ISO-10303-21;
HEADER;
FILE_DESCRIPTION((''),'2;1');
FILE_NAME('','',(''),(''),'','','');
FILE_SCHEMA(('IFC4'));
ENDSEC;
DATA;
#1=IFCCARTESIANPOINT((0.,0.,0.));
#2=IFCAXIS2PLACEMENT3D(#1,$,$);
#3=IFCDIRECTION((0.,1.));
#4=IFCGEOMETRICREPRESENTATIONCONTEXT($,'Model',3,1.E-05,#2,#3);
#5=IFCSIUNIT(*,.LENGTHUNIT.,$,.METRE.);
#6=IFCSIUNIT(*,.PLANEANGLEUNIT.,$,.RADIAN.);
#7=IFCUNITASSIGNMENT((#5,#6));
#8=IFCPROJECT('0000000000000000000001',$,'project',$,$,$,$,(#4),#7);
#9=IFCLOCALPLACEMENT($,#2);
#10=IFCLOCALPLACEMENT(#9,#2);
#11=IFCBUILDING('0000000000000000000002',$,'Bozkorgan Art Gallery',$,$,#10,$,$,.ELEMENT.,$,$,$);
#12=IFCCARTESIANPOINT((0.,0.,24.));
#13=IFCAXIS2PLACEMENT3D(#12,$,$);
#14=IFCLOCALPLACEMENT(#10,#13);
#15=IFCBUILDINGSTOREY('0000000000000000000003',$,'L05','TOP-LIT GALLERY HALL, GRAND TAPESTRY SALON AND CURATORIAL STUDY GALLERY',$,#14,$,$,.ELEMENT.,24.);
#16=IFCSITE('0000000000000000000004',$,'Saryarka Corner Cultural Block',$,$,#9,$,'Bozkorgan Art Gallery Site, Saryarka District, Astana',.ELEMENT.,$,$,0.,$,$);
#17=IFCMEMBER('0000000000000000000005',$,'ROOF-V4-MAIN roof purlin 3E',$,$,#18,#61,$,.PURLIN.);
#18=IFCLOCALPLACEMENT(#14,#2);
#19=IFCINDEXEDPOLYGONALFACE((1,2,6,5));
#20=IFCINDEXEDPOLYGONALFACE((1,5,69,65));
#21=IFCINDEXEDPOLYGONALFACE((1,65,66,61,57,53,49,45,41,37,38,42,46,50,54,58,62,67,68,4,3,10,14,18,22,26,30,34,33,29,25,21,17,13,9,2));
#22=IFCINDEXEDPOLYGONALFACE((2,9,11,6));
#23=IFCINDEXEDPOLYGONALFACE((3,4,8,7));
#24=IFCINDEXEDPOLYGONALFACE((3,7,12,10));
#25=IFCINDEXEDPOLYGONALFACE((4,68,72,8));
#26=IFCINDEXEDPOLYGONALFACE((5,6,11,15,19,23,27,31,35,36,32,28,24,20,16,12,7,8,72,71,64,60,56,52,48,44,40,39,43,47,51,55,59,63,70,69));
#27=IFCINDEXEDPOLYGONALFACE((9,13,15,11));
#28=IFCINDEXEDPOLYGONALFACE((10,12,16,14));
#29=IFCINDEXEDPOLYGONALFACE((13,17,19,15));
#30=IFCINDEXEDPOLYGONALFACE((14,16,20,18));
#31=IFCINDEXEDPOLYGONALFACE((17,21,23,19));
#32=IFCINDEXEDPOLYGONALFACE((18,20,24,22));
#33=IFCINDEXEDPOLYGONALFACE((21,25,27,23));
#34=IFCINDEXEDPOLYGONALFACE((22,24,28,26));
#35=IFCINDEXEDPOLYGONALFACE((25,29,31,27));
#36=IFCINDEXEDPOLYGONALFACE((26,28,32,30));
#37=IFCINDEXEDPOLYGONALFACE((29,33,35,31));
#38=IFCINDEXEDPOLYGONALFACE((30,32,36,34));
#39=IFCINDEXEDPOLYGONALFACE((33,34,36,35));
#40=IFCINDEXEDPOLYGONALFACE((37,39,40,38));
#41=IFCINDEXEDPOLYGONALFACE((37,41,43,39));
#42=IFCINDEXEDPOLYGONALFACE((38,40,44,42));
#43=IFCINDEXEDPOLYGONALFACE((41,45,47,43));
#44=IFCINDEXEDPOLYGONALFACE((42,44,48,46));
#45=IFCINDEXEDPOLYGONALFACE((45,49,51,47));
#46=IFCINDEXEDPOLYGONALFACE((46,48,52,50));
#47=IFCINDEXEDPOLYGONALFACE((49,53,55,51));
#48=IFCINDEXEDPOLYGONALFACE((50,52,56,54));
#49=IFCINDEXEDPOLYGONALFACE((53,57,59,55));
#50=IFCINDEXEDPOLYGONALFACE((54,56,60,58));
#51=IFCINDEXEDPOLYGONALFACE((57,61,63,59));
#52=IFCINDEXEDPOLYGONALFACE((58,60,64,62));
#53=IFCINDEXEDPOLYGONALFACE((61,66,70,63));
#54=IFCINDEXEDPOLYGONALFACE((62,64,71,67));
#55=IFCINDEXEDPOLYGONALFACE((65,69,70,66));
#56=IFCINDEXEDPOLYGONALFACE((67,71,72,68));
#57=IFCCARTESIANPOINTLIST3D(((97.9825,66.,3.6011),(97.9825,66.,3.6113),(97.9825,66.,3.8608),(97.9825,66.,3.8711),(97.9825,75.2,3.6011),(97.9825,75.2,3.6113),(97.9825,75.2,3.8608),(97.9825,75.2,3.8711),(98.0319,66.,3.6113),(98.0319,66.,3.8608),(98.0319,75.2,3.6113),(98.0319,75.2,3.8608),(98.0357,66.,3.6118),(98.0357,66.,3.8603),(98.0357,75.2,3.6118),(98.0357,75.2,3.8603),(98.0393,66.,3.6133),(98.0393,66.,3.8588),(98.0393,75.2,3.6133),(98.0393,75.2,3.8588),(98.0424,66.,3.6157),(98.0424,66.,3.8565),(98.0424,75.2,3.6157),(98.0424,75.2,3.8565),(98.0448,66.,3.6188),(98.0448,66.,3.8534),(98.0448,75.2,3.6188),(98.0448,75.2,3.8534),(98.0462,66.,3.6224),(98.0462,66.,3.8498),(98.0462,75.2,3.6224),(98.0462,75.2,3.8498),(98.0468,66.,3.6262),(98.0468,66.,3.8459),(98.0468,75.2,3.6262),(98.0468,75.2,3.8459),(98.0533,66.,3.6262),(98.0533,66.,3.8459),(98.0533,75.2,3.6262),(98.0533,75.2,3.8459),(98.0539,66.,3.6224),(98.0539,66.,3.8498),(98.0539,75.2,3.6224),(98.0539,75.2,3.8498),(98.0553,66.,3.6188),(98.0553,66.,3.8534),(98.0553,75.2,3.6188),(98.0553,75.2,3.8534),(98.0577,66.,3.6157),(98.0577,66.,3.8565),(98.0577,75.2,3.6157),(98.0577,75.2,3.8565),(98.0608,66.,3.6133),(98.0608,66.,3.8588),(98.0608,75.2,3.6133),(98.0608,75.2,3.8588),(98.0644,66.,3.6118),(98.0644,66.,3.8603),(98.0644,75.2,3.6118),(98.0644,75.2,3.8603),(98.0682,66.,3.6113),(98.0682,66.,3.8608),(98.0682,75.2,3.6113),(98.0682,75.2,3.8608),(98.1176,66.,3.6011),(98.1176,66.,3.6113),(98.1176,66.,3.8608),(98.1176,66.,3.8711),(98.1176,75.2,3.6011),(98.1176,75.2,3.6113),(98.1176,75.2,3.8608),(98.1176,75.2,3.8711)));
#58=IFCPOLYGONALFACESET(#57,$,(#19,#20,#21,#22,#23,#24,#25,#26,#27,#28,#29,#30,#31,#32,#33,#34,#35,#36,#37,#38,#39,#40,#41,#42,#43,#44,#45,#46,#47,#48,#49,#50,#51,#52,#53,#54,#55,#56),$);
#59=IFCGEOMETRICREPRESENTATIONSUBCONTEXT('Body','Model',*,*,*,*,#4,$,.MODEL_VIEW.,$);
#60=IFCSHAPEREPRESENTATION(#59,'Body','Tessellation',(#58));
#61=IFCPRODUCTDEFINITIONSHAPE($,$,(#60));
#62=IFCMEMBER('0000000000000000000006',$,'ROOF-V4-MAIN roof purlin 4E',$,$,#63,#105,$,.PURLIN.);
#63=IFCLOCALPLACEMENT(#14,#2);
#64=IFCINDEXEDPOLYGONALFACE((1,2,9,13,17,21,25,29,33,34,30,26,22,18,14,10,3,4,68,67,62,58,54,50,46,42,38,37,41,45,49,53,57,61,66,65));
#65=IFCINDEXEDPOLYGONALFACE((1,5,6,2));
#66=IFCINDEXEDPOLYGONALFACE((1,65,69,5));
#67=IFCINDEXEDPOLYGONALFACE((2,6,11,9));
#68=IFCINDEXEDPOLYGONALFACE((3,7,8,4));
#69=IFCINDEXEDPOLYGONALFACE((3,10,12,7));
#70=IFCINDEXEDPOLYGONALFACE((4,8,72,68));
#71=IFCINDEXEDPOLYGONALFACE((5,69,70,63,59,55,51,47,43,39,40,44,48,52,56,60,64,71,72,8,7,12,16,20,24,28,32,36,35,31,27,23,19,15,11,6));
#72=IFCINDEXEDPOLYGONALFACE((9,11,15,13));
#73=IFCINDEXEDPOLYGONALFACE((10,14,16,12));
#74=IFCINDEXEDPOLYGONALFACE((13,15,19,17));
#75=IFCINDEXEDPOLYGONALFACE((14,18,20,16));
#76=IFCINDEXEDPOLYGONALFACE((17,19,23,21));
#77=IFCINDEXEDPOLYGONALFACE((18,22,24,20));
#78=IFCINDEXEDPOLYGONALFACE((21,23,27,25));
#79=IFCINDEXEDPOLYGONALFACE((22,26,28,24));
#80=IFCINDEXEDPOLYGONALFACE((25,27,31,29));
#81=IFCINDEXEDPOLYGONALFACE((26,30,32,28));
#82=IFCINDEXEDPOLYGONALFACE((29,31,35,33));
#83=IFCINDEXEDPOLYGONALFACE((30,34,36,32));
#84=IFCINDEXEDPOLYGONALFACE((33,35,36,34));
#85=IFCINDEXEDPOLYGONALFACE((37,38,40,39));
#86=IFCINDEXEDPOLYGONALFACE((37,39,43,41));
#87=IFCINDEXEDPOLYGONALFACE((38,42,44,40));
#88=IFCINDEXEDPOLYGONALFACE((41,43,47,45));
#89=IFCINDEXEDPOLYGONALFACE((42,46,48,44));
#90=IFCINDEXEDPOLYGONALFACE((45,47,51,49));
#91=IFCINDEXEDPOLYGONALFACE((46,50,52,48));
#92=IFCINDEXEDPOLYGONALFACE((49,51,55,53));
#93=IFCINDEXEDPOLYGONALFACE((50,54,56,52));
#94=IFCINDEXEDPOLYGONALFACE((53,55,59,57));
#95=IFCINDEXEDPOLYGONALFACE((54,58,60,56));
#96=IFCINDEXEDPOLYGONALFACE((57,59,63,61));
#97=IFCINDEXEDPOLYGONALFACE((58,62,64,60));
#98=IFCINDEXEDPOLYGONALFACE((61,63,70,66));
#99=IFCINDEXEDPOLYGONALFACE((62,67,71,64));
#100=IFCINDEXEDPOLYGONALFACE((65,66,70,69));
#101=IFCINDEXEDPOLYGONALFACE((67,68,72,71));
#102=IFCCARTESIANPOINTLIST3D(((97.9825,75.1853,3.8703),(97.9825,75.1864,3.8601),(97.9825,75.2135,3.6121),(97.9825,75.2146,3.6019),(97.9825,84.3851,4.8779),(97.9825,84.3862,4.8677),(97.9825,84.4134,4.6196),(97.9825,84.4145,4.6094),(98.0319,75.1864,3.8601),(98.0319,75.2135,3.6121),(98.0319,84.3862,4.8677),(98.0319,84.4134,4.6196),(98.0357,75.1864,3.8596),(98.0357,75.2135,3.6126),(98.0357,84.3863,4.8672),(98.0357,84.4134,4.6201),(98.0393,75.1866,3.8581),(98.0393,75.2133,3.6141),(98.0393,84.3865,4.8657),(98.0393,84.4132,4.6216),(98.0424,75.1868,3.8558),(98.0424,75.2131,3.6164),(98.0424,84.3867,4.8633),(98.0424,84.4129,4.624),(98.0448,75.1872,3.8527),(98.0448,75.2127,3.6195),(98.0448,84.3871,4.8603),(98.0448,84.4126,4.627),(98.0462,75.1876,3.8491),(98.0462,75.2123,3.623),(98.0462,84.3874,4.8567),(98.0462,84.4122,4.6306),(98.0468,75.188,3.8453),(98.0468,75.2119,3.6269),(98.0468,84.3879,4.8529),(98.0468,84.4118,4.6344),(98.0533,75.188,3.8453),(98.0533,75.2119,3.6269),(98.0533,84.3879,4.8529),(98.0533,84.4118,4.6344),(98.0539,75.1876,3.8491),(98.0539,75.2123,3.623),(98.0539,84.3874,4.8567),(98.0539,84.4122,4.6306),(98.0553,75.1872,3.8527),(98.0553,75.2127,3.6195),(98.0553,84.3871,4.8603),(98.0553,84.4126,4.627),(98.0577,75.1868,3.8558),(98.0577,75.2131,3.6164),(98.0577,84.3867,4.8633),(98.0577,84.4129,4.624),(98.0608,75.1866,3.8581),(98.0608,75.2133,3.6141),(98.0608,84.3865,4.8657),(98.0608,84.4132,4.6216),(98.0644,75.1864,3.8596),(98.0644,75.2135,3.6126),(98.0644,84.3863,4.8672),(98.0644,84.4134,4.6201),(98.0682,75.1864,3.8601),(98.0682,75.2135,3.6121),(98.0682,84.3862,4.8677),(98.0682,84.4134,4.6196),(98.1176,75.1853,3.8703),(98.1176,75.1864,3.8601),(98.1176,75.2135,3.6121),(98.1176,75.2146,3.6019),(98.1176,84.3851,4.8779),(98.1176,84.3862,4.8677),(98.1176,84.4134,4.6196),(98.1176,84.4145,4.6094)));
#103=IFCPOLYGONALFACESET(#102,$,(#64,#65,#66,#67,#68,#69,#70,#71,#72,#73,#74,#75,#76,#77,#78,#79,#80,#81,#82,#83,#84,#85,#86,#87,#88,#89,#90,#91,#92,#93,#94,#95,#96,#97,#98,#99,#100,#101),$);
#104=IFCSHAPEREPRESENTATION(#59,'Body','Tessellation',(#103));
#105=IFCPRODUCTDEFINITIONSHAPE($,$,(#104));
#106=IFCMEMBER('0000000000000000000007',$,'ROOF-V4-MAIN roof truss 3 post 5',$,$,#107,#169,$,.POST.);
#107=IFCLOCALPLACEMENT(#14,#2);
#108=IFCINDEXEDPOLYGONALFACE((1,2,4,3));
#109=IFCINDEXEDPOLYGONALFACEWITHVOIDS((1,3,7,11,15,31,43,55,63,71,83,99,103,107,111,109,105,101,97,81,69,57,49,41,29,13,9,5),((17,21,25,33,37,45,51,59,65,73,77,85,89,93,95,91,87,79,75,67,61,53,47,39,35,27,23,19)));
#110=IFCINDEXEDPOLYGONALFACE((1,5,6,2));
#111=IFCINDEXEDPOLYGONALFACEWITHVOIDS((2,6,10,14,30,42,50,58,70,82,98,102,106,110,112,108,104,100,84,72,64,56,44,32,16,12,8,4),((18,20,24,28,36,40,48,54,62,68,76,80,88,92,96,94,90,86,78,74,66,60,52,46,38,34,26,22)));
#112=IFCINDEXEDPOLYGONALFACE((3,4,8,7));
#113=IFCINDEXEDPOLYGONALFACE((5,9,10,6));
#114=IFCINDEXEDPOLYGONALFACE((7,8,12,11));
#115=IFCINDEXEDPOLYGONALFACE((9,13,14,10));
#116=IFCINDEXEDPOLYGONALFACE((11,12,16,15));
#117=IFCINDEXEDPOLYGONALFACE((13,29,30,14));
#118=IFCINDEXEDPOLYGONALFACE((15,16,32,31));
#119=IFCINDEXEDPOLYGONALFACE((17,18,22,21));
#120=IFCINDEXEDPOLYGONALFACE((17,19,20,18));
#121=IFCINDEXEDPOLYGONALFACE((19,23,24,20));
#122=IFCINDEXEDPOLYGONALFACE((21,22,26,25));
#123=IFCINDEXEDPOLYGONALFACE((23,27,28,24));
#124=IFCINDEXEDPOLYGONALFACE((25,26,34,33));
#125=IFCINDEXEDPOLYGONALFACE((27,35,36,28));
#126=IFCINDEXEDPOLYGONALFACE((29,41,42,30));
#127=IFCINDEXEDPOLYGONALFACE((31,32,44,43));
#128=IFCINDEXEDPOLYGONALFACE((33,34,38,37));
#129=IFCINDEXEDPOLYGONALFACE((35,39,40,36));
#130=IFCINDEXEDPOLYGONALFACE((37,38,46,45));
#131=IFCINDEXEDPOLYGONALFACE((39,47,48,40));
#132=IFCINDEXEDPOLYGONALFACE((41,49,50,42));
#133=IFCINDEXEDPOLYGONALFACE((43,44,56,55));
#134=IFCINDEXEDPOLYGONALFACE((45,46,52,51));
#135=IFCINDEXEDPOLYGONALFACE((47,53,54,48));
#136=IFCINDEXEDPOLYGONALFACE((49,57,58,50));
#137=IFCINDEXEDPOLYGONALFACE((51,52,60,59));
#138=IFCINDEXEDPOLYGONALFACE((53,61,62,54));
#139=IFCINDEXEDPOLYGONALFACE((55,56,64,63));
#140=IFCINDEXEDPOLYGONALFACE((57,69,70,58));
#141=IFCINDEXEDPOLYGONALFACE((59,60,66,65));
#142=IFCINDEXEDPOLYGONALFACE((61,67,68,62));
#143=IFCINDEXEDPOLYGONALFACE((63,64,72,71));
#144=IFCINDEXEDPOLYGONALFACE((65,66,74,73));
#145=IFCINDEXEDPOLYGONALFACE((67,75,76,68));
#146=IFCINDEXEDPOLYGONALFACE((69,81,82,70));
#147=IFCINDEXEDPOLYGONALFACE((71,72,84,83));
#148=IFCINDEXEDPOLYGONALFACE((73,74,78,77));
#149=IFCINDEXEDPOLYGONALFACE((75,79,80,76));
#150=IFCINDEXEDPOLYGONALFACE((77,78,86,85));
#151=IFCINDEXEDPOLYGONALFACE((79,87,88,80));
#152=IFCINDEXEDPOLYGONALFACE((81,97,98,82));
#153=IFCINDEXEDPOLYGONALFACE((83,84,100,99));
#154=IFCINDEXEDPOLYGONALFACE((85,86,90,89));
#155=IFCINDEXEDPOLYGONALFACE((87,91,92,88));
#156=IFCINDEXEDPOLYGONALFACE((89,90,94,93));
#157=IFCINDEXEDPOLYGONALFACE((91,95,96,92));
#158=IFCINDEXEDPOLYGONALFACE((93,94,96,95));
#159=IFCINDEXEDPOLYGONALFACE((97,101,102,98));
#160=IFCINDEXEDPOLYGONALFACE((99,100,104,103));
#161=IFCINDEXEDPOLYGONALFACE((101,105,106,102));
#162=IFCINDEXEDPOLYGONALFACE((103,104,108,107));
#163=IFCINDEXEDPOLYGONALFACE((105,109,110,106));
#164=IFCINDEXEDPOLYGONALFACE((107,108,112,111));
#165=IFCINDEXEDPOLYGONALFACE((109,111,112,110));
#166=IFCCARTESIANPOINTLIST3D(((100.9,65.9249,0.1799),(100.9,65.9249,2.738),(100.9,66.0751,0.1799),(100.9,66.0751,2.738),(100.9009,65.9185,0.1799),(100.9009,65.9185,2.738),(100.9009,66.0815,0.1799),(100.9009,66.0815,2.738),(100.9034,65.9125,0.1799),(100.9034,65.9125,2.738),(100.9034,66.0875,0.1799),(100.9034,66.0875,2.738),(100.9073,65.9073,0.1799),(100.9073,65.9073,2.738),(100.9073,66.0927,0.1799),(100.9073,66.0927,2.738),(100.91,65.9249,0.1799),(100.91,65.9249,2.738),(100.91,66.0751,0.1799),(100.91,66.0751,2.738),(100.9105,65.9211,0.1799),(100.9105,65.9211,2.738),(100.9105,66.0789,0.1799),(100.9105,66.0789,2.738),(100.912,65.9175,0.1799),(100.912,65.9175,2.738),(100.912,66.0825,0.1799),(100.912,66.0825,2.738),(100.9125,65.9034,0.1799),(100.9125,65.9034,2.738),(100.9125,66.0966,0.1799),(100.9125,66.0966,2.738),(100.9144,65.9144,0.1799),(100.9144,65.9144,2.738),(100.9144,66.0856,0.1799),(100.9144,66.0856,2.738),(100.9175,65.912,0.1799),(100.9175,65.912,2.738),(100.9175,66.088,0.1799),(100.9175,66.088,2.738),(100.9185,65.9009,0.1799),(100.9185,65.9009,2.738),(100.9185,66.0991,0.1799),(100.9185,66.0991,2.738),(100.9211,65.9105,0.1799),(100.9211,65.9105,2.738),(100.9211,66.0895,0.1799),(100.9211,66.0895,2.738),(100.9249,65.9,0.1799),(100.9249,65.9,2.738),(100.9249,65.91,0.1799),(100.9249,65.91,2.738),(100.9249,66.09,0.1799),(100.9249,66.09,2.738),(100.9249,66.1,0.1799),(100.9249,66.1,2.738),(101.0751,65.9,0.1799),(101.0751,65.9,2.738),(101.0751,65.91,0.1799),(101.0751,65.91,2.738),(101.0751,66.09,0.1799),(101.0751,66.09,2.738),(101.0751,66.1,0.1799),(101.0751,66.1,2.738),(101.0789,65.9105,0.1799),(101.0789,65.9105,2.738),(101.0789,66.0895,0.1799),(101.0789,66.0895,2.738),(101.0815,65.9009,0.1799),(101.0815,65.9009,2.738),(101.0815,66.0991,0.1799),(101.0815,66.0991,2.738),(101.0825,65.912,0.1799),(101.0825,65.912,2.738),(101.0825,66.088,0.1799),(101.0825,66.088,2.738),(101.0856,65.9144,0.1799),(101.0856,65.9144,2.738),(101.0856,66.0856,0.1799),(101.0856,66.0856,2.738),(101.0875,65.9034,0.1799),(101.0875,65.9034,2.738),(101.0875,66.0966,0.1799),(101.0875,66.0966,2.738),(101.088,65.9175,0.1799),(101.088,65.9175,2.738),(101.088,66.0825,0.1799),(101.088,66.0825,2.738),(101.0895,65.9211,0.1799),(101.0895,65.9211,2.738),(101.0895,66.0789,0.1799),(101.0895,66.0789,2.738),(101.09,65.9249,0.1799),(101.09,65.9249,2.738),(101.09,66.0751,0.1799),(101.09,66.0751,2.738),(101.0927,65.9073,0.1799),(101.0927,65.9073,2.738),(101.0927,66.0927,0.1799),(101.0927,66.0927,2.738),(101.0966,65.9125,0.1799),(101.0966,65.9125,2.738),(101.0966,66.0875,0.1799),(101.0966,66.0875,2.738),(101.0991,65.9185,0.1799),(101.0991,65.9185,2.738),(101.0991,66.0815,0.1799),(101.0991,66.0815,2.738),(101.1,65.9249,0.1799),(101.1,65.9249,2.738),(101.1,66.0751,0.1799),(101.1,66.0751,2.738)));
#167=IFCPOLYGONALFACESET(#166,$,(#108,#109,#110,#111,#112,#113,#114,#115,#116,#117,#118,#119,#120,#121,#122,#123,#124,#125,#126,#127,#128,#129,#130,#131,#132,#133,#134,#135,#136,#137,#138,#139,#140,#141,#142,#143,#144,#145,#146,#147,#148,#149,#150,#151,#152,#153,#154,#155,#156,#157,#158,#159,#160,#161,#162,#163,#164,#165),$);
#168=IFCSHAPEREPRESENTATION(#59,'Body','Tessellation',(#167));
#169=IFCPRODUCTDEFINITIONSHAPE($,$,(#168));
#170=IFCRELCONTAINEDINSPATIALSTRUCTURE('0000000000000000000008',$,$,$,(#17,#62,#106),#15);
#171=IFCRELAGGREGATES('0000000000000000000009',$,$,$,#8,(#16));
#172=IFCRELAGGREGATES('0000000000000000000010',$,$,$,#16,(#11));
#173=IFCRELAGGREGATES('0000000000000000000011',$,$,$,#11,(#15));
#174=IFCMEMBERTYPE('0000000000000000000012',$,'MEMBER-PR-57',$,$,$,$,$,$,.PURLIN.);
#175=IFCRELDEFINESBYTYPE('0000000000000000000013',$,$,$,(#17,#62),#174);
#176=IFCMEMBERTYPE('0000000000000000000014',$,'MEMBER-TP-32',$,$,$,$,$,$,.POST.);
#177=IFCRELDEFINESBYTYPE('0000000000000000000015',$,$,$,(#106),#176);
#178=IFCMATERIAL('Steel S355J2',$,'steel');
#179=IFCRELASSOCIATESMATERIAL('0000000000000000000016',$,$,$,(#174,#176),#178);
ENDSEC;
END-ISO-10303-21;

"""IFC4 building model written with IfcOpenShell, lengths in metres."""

from ifc_helpers import new_model, si_unit, direction, frame, origin, origin_2d, place, context, subcontext, project, spatial, hollow_rectangle, i_section, extrude, material, material_profile, profile_set, type_object, element, save


model = new_model("IFC4")

# Units and contexts
model_context = context("Model", 3, precision=1e-05, world=origin(), true_north=direction((0.0, 1.0)))
body_context = subcontext(model_context, "Body", "Model", "MODEL_VIEW")
ifc_project = project(units=[si_unit("LENGTHUNIT", "METRE"), si_unit("PLANEANGLEUNIT", "RADIAN")], contexts=[model_context])

# Site, building, storey
site_placement = place(None, origin())
site = spatial("IfcSite", under=ifc_project, at=site_placement, Name="Saryarka Corner Cultural Block", LongName="Bozkorgan Art Gallery Site, Saryarka District, Astana", CompositionType="ELEMENT", RefElevation=0.0)
building_placement = place(site_placement, origin())
building = spatial("IfcBuilding", under=site, at=building_placement, Name="Bozkorgan Art Gallery", CompositionType="ELEMENT")
storey_placement = place(building_placement, frame((0.0, 0.0, 24.0)))
storey = spatial("IfcBuildingStorey", under=building, at=storey_placement, Name="L05", Description="TOP-LIT GALLERY HALL, GRAND TAPESTRY SALON AND CURATORIAL STUDY GALLERY", CompositionType="ELEMENT", Elevation=24.0)

# Members
ifc_material = material(Name="Steel S355J2", Category="steel")
ifc_material_profile_1 = material_profile(ifc_material, i_section(OverallWidth=0.135, OverallDepth=0.27, WebThickness=0.0066, FlangeThickness=0.0103, FilletRadius=0.0149, at=origin_2d()), Name="IPE 270")
ifc_profile_set_1 = profile_set([ifc_material_profile_1], Name="Steel S355J2")
member_type_1 = type_object("IfcMemberType", Name="MEMBER-PR-57", PredefinedType="PURLIN", material=ifc_profile_set_1)
member_1_placement = place(storey_placement, frame((98.05, 66.0, 3.7361), z_axis=(0.0, 1.0, 0.0), x_axis=(-1.0, 0.0, 0.0)))
element("IfcMember", 1, at=member_1_placement, inside=storey, type_object=member_type_1, Name="ROOF-V4-MAIN roof purlin 3E", PredefinedType="PURLIN", context=body_context, shape_type="SweptSolid", body=[
    extrude(i_section(OverallWidth=0.135, OverallDepth=0.27, WebThickness=0.0066, FlangeThickness=0.0103, FilletRadius=0.0149, at=origin_2d()), origin(), (0.0, 0.0, 1.0), 9.2),
])
member_2_placement = place(storey_placement, frame((98.05, 75.2, 3.7361), z_axis=(0.0, 0.994056, 0.108868), x_axis=(-1.0, 0.0, 0.0)))
element("IfcMember", 2, at=member_2_placement, inside=storey, type_object=member_type_1, Name="ROOF-V4-MAIN roof purlin 4E", PredefinedType="PURLIN", context=body_context, shape_type="SweptSolid", body=[
    extrude(i_section(OverallWidth=0.135, OverallDepth=0.27, WebThickness=0.0066, FlangeThickness=0.0103, FilletRadius=0.0149, at=origin_2d()), origin(), (0.0, 0.0, 1.0), 9.2549),
])
ifc_material_profile_2 = material_profile(ifc_material, hollow_rectangle(XDim=0.2, YDim=0.2, WallThickness=0.01, InnerFilletRadius=0.0149, OuterFilletRadius=0.0249, at=origin_2d()), Name="SHS 200x200x10")
ifc_profile_set_2 = profile_set([ifc_material_profile_2], Name="Steel S355J2")
member_type_2 = type_object("IfcMemberType", Name="MEMBER-TP-32", PredefinedType="POST", material=ifc_profile_set_2)
member_3_placement = place(storey_placement, frame((101.0, 66.0, 0.1799), z_axis=(0.0, 0.0, 1.0), x_axis=(1.0, 0.0, 0.0)))
element("IfcMember", 3, at=member_3_placement, inside=storey, type_object=member_type_2, Name="ROOF-V4-MAIN roof truss 3 post 5", PredefinedType="POST", context=body_context, shape_type="SweptSolid", body=[
    extrude(hollow_rectangle(XDim=0.2, YDim=0.2, WallThickness=0.01, InnerFilletRadius=0.0149, OuterFilletRadius=0.0249, at=origin_2d()), origin(), (0.0, 0.0, 1.0), 2.5581),
])

save(model, "model.ifc")
